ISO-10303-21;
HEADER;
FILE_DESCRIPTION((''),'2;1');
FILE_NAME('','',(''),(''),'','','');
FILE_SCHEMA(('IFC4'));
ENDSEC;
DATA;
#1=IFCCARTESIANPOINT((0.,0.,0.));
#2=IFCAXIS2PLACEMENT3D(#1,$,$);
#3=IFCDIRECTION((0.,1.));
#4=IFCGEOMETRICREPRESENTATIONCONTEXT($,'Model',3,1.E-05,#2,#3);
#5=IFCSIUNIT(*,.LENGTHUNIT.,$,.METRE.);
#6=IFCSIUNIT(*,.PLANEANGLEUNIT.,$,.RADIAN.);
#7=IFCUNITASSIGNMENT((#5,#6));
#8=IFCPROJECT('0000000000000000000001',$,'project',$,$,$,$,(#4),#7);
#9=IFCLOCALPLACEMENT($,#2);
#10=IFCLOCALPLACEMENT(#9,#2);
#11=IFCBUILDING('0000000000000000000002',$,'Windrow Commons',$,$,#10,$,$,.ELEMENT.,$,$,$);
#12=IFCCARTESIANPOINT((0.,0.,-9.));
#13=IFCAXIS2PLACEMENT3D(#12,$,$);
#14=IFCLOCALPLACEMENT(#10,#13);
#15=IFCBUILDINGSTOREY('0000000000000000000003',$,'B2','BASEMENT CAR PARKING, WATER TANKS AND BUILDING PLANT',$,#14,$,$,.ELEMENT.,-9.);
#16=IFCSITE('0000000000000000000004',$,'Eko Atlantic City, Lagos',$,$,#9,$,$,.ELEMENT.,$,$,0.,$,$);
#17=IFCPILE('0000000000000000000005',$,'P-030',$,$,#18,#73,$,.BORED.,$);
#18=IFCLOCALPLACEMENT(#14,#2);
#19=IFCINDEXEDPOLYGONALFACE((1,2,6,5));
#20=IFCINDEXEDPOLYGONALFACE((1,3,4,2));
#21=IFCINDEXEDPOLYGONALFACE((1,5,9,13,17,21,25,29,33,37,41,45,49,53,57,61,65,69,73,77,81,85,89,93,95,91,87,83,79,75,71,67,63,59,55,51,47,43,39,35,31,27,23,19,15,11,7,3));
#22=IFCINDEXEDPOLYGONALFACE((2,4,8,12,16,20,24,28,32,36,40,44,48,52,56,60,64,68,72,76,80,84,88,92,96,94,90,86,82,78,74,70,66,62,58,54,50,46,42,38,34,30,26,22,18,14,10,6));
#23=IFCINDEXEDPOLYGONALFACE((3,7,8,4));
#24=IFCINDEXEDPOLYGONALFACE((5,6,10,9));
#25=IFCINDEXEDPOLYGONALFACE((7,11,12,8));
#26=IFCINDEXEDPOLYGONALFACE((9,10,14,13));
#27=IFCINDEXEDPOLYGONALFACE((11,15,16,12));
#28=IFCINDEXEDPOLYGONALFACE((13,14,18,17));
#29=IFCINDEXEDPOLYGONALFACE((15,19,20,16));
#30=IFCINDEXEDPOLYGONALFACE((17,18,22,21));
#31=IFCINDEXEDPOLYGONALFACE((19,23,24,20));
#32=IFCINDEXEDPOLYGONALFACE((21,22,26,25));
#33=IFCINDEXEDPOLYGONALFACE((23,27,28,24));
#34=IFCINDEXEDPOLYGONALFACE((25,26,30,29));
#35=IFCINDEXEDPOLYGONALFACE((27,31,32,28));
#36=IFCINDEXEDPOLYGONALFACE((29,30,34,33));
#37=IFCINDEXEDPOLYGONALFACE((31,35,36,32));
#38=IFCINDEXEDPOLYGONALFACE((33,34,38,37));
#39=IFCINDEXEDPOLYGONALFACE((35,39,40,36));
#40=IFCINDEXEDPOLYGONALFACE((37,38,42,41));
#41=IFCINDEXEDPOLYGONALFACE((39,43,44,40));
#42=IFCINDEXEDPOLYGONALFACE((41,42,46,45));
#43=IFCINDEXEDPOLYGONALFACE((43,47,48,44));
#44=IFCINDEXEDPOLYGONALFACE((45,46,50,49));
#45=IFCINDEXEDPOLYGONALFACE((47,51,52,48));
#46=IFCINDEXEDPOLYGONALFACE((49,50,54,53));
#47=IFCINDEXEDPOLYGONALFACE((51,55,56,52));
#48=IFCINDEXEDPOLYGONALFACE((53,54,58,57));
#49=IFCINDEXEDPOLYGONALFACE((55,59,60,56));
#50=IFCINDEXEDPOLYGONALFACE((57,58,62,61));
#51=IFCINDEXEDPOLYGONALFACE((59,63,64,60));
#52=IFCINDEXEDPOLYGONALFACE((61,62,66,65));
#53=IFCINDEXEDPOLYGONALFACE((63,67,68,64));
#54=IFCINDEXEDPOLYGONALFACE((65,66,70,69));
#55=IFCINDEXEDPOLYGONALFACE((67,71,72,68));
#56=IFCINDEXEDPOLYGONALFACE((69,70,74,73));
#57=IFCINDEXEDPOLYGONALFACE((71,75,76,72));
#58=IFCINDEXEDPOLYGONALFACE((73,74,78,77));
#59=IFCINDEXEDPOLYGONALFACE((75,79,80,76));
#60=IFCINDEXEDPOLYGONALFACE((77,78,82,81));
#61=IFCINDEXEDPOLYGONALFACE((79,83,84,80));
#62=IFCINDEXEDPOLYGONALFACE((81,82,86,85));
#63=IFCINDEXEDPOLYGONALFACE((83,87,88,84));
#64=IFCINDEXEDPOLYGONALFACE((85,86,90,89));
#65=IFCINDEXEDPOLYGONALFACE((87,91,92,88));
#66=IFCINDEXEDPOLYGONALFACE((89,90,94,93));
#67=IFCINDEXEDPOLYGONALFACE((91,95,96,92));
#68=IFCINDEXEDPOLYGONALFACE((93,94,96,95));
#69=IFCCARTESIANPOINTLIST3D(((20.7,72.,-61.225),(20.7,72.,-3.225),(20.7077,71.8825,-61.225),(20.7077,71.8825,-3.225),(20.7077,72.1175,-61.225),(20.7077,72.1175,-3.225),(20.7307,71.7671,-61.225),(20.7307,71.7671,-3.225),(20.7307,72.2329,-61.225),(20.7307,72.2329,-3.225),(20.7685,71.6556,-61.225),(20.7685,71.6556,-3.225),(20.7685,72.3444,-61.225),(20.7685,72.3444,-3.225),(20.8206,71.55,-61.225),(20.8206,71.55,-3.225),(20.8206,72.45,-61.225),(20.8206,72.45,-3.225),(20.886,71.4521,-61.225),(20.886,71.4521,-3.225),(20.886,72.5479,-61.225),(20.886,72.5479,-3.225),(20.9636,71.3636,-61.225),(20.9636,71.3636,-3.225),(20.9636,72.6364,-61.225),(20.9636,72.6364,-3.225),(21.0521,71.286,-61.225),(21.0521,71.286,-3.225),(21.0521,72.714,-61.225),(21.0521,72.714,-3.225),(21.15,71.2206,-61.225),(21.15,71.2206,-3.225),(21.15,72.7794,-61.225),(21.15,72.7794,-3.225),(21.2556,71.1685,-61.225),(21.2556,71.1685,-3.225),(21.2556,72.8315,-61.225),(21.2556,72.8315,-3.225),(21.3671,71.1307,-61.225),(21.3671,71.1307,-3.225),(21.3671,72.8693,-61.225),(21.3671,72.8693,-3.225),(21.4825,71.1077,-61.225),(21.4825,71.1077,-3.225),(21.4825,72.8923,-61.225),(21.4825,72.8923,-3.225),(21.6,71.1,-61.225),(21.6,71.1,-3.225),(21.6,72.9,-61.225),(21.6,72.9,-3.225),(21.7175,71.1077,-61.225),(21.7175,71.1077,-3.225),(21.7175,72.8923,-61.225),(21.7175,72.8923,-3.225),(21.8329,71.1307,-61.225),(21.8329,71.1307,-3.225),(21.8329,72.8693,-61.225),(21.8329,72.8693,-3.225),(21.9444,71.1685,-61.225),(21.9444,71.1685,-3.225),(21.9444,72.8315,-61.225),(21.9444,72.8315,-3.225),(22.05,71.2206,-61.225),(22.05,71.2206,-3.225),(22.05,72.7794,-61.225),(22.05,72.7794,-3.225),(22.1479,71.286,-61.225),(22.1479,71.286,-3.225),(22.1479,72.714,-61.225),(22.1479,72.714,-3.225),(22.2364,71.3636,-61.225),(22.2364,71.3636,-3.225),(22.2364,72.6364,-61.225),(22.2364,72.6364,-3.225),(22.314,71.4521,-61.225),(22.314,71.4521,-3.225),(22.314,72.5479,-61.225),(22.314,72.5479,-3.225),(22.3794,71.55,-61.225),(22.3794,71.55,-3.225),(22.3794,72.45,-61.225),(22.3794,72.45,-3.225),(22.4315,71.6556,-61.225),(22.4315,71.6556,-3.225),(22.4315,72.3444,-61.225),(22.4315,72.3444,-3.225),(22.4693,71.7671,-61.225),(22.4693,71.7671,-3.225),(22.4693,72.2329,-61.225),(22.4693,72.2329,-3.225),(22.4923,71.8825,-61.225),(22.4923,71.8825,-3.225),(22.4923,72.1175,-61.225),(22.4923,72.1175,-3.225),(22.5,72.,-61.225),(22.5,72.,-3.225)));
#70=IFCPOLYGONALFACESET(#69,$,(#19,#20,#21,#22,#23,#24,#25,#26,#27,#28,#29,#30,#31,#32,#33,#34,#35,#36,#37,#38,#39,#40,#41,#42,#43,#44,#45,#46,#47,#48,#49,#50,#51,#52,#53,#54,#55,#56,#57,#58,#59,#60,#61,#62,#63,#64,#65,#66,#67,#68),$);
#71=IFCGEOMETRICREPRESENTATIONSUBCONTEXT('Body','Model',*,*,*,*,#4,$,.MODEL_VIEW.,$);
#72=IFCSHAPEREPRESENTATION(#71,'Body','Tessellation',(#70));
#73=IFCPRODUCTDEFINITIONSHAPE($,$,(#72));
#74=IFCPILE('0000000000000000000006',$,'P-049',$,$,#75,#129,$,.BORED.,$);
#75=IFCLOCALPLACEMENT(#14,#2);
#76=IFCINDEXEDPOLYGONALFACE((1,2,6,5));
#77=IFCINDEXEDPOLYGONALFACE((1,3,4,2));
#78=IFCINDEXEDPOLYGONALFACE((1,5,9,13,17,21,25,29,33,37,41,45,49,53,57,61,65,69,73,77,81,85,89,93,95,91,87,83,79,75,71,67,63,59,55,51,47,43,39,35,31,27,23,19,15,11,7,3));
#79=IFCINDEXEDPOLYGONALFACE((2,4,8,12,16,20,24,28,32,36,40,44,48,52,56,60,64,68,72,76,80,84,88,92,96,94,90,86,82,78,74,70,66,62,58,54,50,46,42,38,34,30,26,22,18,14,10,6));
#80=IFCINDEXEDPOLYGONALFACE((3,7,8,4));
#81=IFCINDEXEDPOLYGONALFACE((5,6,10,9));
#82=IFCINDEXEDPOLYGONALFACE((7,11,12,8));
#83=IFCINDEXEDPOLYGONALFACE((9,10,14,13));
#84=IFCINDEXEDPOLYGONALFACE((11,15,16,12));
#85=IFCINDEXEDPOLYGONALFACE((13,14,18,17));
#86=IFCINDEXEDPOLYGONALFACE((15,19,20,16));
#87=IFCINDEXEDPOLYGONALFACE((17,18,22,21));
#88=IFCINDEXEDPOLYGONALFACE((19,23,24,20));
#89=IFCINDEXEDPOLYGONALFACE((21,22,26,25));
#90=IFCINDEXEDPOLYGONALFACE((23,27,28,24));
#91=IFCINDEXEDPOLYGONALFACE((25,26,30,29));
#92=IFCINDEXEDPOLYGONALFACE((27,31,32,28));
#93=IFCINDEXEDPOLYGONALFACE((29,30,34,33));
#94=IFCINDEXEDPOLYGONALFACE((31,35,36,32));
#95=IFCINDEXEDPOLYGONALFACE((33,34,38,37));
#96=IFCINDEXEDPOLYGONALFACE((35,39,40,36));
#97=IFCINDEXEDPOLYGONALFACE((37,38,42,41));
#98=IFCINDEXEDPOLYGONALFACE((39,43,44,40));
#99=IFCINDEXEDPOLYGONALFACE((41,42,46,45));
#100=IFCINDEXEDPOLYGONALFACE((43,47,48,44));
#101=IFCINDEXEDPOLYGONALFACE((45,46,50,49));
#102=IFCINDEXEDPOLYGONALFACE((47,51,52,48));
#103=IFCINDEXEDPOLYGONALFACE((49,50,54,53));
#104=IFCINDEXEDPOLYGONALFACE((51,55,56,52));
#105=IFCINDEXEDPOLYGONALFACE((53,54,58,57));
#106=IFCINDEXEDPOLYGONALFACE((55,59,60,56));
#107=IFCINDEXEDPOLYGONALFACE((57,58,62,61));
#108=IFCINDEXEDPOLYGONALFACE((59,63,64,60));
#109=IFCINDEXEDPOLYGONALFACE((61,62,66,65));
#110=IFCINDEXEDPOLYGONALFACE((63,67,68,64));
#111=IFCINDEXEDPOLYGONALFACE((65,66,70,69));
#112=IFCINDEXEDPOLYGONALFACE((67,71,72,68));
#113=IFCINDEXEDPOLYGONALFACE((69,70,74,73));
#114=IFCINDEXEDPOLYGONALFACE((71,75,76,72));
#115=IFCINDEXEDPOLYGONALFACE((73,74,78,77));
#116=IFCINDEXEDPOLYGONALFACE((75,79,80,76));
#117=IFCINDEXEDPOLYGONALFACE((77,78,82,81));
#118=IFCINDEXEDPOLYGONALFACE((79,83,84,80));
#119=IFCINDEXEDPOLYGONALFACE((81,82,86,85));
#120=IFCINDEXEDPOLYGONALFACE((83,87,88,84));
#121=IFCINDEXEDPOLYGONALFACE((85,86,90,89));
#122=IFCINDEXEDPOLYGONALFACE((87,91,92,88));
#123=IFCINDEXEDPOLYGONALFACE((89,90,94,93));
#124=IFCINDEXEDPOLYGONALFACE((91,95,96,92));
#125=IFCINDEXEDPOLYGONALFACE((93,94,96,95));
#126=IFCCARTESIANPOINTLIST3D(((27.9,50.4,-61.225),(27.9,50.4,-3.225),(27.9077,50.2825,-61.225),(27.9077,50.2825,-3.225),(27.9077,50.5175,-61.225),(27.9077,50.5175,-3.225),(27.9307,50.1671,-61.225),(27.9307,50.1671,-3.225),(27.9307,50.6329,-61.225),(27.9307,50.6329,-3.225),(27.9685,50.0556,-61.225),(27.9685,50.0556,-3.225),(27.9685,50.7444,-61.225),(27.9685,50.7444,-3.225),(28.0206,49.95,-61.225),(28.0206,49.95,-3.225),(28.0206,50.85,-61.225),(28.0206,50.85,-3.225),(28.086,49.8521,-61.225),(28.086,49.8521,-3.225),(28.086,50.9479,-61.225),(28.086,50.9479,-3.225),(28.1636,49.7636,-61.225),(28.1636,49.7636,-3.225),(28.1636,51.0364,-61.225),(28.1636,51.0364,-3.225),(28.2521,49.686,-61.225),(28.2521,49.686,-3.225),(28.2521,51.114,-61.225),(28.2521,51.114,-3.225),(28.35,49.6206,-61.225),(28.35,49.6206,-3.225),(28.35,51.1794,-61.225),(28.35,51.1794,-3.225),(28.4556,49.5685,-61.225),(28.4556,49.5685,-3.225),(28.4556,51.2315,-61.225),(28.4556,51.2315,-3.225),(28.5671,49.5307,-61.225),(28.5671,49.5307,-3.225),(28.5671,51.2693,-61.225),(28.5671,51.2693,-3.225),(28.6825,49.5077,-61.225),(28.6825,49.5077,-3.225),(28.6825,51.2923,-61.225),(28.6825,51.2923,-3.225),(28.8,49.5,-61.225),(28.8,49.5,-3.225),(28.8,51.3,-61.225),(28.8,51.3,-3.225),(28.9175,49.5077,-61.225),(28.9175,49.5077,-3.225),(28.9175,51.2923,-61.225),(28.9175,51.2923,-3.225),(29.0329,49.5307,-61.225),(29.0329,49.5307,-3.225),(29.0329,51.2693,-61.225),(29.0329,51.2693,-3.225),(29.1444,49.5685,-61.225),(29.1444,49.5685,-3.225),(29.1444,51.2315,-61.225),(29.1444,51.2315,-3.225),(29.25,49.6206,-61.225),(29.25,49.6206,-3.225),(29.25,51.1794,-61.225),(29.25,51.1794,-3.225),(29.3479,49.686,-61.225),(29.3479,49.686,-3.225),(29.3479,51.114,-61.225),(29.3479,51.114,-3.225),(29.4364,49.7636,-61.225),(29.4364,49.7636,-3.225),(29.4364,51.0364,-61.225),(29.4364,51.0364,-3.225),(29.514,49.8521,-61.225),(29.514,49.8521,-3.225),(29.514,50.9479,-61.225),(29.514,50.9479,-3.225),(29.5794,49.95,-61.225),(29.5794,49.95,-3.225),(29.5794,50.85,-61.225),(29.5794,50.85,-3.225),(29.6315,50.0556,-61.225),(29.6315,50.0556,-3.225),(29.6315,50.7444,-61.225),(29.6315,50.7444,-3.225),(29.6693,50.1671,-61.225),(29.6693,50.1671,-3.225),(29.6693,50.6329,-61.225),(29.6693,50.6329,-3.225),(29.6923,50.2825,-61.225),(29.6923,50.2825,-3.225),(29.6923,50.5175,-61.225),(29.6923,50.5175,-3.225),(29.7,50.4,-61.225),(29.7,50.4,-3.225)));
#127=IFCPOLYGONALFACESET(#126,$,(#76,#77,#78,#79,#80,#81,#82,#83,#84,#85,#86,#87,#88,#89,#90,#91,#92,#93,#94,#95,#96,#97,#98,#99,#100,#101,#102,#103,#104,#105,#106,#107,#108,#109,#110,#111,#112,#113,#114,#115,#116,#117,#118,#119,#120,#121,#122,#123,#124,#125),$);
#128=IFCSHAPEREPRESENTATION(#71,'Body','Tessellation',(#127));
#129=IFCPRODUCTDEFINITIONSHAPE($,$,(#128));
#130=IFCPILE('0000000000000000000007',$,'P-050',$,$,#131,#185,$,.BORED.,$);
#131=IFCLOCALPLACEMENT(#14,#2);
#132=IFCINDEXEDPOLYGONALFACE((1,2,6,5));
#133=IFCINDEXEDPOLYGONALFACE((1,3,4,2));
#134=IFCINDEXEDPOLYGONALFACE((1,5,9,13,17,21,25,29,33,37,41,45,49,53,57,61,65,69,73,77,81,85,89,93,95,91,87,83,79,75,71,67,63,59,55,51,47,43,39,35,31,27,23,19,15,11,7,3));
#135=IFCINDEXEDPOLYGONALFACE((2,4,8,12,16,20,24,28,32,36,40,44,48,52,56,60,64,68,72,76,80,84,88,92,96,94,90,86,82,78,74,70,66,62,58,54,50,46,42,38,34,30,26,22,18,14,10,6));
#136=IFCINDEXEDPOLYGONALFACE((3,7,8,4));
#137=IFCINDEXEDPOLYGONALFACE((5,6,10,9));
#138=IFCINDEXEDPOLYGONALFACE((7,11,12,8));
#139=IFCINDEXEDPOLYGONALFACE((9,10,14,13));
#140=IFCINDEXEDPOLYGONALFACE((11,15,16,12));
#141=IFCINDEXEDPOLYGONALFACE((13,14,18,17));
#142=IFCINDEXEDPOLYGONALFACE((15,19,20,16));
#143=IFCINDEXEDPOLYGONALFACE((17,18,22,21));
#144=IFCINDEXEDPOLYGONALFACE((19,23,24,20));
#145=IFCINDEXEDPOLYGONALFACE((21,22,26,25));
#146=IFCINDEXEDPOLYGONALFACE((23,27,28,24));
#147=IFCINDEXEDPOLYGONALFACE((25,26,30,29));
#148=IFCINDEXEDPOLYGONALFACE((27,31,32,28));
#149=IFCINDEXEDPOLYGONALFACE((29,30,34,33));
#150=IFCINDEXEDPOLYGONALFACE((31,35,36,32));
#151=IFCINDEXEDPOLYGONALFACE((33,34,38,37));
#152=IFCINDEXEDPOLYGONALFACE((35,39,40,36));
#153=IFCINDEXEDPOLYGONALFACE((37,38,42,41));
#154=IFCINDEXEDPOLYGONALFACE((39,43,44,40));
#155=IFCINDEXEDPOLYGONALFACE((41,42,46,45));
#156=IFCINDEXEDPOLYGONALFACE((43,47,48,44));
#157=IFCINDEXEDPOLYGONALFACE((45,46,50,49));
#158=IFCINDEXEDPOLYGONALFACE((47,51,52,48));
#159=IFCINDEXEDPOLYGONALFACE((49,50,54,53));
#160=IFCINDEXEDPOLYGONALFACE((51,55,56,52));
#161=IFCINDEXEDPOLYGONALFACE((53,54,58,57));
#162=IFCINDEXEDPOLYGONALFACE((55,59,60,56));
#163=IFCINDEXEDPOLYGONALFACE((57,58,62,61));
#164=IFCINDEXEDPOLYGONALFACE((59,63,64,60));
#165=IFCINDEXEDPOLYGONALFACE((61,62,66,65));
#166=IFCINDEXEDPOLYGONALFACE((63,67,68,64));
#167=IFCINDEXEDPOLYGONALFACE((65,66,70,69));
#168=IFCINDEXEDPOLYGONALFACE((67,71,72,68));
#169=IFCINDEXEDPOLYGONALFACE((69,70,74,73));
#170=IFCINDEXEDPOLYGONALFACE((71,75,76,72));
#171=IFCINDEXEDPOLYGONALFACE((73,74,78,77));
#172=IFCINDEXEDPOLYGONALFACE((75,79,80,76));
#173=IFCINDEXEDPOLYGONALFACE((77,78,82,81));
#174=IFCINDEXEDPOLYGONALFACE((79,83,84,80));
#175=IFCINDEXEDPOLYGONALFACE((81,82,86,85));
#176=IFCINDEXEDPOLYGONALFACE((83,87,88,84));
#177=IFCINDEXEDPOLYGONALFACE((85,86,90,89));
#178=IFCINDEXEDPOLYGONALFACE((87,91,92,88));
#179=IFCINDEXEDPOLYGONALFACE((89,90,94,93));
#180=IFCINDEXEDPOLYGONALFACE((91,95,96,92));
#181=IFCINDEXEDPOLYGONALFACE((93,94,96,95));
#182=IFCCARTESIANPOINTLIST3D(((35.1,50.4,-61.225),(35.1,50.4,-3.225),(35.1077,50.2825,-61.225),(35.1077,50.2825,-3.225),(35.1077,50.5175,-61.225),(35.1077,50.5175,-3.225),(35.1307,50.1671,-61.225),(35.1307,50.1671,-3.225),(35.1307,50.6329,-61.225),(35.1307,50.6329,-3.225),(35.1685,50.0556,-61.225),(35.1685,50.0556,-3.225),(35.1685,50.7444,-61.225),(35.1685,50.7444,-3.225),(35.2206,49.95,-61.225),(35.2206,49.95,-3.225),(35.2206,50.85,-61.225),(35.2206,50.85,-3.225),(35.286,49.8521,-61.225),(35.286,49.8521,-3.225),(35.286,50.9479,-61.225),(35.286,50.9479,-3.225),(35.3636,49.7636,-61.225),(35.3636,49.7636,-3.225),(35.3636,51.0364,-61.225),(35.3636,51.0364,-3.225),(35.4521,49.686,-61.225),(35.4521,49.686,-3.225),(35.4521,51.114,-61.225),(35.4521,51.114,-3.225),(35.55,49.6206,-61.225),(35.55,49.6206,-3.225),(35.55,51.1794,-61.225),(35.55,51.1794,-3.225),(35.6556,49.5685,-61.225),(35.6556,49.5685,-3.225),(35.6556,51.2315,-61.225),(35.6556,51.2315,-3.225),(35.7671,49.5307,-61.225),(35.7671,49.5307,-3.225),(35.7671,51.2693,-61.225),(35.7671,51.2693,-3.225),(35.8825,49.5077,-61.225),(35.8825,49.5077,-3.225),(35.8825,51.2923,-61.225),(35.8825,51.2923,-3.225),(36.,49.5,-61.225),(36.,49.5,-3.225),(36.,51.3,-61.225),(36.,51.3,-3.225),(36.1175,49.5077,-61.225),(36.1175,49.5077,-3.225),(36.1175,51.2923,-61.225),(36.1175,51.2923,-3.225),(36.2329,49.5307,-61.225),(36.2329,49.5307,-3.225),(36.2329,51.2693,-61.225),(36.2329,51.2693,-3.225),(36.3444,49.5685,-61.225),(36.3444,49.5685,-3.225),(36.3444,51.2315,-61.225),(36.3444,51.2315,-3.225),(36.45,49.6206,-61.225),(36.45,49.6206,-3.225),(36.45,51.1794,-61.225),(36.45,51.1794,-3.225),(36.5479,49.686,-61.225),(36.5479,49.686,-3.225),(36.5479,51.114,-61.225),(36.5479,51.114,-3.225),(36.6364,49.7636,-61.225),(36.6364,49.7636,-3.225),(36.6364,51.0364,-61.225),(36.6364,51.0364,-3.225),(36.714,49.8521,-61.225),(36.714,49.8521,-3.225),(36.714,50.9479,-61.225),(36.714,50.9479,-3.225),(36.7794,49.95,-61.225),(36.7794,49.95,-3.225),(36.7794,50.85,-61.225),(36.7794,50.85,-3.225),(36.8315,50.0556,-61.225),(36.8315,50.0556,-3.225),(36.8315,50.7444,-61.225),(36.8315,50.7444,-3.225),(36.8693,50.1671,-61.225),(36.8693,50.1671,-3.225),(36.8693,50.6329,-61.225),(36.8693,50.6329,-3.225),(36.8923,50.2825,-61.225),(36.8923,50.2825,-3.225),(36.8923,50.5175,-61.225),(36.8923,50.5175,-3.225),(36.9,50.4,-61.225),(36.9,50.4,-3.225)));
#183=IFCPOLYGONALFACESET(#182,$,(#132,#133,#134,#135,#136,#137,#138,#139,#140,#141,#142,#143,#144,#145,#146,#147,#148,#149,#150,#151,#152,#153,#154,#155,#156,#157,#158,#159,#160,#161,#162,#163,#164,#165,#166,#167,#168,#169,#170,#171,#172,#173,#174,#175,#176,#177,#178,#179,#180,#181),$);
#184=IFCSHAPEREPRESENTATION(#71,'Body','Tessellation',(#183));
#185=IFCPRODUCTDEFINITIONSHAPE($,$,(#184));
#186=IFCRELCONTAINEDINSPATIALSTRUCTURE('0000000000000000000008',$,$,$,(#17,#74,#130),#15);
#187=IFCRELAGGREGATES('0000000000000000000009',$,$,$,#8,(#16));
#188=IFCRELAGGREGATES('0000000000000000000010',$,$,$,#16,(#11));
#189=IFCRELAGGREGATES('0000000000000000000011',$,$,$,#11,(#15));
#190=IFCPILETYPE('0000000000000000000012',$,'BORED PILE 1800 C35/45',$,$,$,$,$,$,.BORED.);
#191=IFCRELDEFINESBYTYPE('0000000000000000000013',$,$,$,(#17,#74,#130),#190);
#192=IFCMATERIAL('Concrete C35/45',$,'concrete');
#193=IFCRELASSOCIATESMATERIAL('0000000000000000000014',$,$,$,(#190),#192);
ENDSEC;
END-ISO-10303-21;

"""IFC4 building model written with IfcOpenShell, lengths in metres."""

from ifc_helpers import new_model, si_unit, direction, frame, origin, origin_2d, place, context, subcontext, project, spatial, circle, extrude, material, material_profile, profile_set, type_object, element, save


model = new_model("IFC4")

# Units and contexts
model_context = context("Model", 3, precision=1e-05, world=origin(), true_north=direction((0.0, 1.0)))
body_context = subcontext(model_context, "Body", "Model", "MODEL_VIEW")
ifc_project = project(units=[si_unit("LENGTHUNIT", "METRE"), si_unit("PLANEANGLEUNIT", "RADIAN")], contexts=[model_context])

# Site, building, storey
site_placement = place(None, origin())
site = spatial("IfcSite", under=ifc_project, at=site_placement, Name="Eko Atlantic City, Lagos", CompositionType="ELEMENT", RefElevation=0.0)
building_placement = place(site_placement, origin())
building = spatial("IfcBuilding", under=site, at=building_placement, Name="Windrow Commons", CompositionType="ELEMENT")
storey_placement = place(building_placement, frame((0.0, 0.0, -9.0)))
storey = spatial("IfcBuildingStorey", under=building, at=storey_placement, Name="B2", Description="BASEMENT CAR PARKING, WATER TANKS AND BUILDING PLANT", CompositionType="ELEMENT", Elevation=-9.0)

# Piles
ifc_material_1 = material(Name="Concrete C35/45", Category="concrete")
ifc_material_profile_1 = material_profile(ifc_material_1, circle(Radius=0.9, at=origin_2d()))
ifc_profile_set_1 = profile_set([ifc_material_profile_1], Name="Concrete C35/45")
pile_type = type_object("IfcPileType", Name="BORED PILE 1800 C35/45", PredefinedType="BORED", material=ifc_profile_set_1)
for number, where, z_axis, x_axis, name in (
    (1, (21.6, 72.0, -3.225), (0.0, 0.0, -1.0), (1.0, 0.0, 0.0), "P-030"),
    (2, (28.8, 50.4, -3.225), (0.0, 0.0, -1.0), (1.0, 0.0, 0.0), "P-049"),
    (3, (36.0, 50.4, -3.225), (0.0, 0.0, -1.0), (1.0, 0.0, 0.0), "P-050"),
):
    element("IfcPile", number, at=place(storey_placement, frame(where, z_axis=z_axis, x_axis=x_axis)), inside=storey, type_object=pile_type, Name=name, PredefinedType="BORED", context=body_context, shape_type="SweptSolid", body=[
        extrude(circle(Radius=0.9, at=origin_2d()), origin(), (0.0, 0.0, 1.0), 58.0),
    ])

save(model, "model.ifc")
